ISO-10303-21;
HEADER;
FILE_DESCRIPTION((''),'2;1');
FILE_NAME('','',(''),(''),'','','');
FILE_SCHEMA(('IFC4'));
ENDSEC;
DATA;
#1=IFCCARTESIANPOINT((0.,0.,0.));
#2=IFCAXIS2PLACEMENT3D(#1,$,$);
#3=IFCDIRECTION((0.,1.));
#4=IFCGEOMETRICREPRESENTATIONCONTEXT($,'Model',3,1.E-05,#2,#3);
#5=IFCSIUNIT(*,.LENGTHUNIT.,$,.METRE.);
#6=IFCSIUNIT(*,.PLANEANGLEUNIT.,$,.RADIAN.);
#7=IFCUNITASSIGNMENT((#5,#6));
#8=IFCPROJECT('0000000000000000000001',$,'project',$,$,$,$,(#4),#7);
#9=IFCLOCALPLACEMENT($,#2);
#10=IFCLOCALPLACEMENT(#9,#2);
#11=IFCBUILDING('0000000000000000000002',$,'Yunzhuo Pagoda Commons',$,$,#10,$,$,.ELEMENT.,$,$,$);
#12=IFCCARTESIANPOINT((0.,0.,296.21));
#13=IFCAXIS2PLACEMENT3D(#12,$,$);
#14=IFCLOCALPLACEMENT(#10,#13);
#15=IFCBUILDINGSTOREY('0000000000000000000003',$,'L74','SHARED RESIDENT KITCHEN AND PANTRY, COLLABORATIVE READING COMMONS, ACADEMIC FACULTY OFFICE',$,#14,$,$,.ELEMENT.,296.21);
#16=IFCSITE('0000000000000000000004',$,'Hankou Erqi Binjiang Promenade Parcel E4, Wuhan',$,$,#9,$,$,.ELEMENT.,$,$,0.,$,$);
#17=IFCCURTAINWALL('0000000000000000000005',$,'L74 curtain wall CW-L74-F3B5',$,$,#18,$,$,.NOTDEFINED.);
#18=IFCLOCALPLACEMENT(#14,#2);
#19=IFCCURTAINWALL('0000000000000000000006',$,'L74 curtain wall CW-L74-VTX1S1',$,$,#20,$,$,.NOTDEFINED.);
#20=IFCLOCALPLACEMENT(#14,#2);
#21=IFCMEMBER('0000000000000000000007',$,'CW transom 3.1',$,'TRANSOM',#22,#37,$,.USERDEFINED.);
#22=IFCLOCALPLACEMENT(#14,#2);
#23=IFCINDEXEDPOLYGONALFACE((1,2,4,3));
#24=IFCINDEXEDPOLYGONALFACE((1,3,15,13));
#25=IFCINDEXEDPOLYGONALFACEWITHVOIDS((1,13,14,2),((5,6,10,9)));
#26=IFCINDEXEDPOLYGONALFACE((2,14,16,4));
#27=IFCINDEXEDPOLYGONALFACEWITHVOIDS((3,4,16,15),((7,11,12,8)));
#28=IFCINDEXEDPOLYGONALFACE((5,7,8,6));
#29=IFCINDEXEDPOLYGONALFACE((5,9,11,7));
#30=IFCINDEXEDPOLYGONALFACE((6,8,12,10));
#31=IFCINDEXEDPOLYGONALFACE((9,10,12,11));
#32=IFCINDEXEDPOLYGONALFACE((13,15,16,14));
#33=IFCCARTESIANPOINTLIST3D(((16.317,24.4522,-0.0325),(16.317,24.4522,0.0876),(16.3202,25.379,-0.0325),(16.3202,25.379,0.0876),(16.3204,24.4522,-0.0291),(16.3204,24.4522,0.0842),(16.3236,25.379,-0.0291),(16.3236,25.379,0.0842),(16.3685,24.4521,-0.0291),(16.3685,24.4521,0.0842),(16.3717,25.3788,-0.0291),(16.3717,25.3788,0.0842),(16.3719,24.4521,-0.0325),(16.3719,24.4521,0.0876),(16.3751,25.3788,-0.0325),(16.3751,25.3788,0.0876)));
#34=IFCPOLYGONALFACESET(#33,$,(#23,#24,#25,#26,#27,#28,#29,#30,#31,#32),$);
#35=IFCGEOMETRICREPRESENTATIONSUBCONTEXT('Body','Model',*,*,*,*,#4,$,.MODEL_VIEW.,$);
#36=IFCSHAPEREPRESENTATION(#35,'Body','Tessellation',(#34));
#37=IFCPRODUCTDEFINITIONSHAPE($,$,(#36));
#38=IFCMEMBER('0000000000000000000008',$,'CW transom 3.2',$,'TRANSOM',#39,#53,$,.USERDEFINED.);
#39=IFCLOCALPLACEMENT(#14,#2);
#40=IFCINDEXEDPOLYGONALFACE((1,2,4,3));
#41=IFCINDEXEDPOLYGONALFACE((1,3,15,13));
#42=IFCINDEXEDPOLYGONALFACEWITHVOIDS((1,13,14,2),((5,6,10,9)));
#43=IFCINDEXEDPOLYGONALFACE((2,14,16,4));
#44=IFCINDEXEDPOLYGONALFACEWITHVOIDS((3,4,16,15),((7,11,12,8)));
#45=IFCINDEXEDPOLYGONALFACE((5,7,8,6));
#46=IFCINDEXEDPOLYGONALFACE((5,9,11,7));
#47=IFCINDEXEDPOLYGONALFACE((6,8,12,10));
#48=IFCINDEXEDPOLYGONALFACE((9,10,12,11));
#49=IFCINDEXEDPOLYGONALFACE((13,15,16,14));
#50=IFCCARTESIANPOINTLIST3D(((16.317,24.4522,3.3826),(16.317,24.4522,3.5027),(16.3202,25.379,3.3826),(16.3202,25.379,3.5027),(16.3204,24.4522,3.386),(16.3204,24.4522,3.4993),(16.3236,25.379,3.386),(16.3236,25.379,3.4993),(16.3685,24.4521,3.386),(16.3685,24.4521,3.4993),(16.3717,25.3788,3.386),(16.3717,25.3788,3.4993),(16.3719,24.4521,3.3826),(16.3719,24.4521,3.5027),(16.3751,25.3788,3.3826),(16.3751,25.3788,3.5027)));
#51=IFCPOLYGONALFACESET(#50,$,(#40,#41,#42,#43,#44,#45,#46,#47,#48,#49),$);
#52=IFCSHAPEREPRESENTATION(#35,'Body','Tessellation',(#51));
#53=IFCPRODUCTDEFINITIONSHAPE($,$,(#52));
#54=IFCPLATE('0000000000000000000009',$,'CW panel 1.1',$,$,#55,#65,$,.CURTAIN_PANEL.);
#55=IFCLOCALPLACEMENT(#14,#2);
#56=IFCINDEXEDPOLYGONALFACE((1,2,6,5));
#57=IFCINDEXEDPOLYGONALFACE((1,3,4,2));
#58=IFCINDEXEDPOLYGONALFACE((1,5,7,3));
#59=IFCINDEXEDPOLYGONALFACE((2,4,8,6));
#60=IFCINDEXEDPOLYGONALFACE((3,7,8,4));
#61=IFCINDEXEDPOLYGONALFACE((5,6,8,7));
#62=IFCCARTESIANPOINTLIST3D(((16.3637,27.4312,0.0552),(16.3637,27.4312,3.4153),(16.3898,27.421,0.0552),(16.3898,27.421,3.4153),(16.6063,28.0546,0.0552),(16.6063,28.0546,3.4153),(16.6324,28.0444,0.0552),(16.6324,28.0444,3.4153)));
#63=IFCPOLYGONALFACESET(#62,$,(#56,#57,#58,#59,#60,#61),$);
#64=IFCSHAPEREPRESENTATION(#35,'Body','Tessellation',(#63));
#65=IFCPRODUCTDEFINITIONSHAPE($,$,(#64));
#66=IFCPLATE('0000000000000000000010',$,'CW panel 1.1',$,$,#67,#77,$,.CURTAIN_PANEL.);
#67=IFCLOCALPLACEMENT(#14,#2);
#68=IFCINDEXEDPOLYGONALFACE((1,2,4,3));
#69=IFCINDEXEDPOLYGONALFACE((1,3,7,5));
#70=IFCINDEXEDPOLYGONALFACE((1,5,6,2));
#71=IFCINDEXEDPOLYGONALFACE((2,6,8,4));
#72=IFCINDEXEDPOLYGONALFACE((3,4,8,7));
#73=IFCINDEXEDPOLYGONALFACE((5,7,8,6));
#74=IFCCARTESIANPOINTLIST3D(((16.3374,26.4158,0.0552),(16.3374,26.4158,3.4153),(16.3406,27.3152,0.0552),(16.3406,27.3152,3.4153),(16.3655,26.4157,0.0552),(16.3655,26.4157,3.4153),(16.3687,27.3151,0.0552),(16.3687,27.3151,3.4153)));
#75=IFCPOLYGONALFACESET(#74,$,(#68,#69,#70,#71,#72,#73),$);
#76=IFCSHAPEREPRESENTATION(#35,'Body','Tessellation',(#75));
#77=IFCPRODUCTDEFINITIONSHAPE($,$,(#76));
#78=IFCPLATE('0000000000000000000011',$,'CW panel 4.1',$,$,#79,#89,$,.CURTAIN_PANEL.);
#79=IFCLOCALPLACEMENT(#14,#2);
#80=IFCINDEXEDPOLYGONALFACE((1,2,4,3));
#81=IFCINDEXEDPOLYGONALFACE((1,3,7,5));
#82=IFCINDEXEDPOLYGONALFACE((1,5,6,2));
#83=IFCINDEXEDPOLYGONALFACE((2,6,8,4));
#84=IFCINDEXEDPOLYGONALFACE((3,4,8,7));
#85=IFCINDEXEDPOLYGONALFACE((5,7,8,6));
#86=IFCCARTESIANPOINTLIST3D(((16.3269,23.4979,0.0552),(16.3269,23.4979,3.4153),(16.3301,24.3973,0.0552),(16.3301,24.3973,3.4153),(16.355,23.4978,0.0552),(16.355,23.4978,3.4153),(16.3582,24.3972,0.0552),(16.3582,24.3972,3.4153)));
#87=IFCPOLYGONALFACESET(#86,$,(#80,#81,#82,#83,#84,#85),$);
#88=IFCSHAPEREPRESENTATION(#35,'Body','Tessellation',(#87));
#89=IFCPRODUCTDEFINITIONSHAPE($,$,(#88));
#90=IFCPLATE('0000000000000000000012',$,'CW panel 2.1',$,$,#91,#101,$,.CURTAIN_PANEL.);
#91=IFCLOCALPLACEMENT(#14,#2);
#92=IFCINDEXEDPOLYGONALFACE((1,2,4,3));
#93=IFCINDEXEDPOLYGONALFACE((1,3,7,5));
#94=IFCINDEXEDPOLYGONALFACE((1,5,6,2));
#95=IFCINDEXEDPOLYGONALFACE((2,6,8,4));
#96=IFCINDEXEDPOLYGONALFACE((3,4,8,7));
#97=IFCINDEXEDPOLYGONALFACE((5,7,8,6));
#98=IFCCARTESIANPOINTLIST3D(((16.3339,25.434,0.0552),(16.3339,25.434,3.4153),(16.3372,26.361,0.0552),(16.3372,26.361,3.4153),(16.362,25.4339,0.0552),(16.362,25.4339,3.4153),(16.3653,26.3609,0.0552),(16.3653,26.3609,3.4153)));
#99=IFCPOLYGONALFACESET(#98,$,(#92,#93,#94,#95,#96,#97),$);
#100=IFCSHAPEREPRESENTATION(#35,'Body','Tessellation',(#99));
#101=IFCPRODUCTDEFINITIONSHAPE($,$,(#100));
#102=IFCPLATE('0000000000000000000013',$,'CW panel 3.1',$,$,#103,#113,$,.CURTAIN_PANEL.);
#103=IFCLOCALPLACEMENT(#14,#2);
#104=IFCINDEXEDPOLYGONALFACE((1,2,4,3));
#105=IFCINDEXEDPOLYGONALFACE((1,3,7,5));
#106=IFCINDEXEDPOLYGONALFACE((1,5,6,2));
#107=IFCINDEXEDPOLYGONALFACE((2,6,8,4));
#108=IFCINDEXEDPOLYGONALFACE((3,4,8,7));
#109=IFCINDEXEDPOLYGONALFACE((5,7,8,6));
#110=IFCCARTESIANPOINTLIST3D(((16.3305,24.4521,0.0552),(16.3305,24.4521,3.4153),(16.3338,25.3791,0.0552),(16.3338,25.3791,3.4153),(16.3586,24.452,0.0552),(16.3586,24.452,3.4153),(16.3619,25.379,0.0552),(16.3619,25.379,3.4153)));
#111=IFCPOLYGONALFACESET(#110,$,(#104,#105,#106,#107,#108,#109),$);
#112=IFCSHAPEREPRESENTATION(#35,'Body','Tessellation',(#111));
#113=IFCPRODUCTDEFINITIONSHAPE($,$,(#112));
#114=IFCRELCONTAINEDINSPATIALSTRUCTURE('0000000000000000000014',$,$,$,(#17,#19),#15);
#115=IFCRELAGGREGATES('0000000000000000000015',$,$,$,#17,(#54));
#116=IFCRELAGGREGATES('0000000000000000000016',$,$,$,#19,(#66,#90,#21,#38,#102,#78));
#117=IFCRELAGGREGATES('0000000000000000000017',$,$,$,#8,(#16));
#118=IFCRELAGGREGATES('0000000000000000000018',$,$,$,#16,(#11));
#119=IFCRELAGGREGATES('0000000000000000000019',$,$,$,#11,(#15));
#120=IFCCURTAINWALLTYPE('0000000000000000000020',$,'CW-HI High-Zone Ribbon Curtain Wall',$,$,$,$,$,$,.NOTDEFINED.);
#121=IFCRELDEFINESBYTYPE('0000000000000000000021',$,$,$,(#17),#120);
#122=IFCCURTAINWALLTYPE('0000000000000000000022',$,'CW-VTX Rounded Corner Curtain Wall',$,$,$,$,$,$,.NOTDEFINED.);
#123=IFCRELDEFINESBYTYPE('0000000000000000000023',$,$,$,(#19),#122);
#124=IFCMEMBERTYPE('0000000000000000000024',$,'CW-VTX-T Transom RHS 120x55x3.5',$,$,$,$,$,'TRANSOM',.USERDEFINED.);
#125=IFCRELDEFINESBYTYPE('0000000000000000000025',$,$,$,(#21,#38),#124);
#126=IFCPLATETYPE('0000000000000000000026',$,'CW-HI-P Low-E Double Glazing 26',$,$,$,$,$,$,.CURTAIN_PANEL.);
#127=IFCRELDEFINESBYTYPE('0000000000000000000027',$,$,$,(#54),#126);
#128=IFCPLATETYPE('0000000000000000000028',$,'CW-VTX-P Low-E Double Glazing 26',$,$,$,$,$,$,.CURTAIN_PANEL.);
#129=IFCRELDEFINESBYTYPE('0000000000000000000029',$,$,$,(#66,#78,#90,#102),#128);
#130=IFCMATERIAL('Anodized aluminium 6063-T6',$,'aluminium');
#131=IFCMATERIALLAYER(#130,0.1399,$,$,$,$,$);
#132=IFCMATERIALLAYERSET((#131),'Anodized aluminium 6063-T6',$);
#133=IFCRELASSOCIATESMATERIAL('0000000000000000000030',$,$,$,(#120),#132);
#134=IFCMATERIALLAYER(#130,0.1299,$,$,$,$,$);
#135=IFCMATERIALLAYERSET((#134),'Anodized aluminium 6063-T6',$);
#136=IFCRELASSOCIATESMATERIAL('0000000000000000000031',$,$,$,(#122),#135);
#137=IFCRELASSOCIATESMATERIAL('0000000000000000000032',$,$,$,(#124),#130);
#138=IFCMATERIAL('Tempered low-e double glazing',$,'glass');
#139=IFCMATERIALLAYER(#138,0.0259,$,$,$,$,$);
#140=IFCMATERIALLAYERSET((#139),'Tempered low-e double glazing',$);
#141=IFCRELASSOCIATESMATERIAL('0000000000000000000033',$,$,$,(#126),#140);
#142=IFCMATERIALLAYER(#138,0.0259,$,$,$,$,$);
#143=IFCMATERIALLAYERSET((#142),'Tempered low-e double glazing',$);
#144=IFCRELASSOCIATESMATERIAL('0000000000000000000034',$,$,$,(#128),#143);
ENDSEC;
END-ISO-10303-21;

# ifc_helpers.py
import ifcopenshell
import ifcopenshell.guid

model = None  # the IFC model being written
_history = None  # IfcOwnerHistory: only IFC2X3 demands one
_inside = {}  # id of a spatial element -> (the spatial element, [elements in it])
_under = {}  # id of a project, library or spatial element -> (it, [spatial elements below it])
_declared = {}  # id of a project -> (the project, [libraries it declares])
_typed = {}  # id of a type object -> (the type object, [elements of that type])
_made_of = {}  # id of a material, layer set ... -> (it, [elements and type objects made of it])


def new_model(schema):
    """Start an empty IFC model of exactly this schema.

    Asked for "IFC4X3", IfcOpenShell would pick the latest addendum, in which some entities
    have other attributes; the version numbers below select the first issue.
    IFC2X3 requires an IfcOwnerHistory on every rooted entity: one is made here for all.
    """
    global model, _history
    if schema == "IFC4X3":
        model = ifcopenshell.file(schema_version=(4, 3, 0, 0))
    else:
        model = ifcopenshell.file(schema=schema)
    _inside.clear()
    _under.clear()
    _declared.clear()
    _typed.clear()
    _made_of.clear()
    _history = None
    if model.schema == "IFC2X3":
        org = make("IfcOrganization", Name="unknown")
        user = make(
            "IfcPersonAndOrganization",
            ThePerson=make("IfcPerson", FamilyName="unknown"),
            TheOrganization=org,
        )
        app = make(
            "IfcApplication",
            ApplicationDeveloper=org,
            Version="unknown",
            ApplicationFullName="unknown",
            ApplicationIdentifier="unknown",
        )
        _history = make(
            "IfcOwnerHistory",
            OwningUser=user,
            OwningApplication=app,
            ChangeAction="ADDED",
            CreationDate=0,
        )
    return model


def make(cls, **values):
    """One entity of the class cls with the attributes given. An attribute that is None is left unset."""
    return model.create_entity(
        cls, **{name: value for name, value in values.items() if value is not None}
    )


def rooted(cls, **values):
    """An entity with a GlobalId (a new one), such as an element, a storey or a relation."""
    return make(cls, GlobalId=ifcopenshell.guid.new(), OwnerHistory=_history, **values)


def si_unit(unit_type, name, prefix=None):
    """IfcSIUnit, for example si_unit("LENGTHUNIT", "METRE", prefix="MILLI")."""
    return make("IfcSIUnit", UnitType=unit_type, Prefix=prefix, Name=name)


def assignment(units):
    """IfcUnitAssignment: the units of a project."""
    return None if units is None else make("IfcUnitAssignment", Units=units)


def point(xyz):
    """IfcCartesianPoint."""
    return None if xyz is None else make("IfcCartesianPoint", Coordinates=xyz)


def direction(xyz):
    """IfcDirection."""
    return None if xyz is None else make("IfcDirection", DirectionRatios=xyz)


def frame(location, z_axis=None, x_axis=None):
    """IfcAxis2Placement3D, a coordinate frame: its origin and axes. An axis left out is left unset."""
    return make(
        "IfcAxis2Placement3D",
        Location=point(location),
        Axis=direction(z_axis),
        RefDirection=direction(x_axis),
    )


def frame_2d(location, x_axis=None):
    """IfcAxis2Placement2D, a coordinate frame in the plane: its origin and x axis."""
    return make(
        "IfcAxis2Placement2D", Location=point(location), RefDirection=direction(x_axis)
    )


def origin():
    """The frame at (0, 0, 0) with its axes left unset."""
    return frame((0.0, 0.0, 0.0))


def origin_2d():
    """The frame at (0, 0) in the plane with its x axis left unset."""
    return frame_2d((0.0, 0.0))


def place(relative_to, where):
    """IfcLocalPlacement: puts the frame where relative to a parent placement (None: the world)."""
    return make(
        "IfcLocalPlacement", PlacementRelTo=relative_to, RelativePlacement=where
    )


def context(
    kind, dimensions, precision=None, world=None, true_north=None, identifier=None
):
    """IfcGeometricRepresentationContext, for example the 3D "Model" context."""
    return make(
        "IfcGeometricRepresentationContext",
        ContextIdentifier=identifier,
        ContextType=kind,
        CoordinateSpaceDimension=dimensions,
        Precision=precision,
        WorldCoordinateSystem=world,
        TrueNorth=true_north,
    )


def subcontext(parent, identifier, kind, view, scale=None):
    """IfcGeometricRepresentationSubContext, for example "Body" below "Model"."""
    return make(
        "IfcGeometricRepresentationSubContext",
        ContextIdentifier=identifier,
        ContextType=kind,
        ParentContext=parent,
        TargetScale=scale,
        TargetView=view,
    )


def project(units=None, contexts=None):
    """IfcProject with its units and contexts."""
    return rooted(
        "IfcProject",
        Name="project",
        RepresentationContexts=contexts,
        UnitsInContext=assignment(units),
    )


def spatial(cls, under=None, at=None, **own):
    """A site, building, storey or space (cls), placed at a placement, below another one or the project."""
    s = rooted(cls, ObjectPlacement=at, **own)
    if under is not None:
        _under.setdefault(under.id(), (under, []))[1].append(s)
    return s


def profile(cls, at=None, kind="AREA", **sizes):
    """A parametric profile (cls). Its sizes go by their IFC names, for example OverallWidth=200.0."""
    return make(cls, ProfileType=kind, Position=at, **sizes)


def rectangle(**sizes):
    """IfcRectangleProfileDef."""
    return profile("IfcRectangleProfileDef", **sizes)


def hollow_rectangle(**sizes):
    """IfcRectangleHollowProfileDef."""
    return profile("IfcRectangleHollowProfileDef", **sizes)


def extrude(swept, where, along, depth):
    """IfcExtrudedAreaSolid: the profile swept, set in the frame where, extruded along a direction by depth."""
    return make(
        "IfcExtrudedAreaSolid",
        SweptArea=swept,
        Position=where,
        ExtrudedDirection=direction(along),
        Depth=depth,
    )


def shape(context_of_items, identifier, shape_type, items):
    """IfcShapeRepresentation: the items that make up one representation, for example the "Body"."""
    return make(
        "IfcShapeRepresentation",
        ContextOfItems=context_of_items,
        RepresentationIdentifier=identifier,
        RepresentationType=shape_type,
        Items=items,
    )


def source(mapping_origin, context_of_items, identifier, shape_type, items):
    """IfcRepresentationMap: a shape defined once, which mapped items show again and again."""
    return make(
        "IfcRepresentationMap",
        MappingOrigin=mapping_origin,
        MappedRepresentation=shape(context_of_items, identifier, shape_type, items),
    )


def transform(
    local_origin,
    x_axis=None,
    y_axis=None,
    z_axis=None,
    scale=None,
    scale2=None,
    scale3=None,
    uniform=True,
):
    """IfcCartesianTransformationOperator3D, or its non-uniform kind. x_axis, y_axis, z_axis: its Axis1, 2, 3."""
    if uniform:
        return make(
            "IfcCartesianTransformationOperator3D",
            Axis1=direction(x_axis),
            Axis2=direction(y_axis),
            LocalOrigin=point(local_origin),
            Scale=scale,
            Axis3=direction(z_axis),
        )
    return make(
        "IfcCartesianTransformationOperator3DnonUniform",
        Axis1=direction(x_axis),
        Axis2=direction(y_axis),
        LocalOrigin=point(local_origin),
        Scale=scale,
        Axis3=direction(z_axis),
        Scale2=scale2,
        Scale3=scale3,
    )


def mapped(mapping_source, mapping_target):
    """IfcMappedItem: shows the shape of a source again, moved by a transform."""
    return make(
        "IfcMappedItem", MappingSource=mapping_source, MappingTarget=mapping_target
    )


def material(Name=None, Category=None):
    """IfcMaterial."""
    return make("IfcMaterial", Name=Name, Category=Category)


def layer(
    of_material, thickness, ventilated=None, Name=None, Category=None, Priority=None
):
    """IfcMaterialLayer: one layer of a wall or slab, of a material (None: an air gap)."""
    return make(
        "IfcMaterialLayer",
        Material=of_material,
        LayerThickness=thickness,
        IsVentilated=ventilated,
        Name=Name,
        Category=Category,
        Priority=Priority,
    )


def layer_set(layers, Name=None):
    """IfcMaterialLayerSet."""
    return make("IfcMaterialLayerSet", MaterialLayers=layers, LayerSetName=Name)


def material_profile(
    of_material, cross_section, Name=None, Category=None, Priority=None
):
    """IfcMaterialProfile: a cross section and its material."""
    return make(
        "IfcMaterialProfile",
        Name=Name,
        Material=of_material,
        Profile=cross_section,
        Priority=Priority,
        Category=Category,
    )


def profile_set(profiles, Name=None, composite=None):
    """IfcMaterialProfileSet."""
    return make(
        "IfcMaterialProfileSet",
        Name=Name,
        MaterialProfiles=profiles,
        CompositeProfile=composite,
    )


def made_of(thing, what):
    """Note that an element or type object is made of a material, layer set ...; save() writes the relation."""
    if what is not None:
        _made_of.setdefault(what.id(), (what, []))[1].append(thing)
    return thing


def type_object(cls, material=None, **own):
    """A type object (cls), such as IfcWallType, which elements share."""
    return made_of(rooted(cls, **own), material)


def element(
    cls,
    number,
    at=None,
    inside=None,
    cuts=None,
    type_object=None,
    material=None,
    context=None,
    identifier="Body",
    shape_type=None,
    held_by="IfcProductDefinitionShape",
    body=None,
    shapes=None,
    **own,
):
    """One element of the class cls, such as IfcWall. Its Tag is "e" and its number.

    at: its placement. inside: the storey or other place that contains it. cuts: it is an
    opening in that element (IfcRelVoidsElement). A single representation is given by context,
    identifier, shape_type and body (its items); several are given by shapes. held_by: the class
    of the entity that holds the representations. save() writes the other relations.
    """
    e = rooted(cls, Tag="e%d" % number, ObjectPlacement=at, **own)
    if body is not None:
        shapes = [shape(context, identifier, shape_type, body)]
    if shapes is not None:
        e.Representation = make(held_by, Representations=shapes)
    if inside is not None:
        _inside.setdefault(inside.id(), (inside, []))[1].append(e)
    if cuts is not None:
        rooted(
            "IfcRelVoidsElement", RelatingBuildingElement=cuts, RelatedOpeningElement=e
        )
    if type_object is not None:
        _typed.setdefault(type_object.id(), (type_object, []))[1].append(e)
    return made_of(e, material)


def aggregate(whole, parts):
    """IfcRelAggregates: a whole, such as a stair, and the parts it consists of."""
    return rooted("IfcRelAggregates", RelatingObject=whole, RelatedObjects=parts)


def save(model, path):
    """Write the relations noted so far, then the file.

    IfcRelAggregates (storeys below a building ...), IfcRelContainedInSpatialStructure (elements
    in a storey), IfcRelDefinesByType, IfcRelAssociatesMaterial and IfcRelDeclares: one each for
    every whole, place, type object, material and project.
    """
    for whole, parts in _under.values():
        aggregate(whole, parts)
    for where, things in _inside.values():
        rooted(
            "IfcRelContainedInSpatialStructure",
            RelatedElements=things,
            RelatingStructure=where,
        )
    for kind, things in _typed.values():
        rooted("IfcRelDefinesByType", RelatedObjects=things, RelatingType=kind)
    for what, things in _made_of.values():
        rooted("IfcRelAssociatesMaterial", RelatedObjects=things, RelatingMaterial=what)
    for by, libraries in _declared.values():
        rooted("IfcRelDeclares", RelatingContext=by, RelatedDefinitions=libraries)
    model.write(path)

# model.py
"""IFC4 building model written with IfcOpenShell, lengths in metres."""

from ifc_helpers import new_model, si_unit, direction, frame, origin, origin_2d, place, context, subcontext, project, spatial, rectangle, hollow_rectangle, extrude, source, transform, mapped, material, layer, layer_set, material_profile, profile_set, type_object, element, aggregate, save


model = new_model("IFC4")

# Units and contexts
model_context = context("Model", 3, precision=1e-05, world=origin(), true_north=direction((0.0, 1.0)))
body_context = subcontext(model_context, "Body", "Model", "MODEL_VIEW")
ifc_project = project(units=[si_unit("LENGTHUNIT", "METRE"), si_unit("PLANEANGLEUNIT", "RADIAN")], contexts=[model_context])

# Site, building, storey
site_placement = place(None, origin())
site = spatial("IfcSite", under=ifc_project, at=site_placement, Name="Hankou Erqi Binjiang Promenade Parcel E4, Wuhan", CompositionType="ELEMENT", RefElevation=0.0)
building_placement = place(site_placement, origin())
building = spatial("IfcBuilding", under=site, at=building_placement, Name="Yunzhuo Pagoda Commons", CompositionType="ELEMENT")
storey_placement = place(building_placement, frame((0.0, 0.0, 296.21)))
storey = spatial("IfcBuildingStorey", under=building, at=storey_placement, Name="L74", Description="SHARED RESIDENT KITCHEN AND PANTRY, COLLABORATIVE READING COMMONS, ACADEMIC FACULTY OFFICE", CompositionType="ELEMENT", Elevation=296.21)

# Shared definitions
ifc_material_1 = material(Name="Anodized aluminium 6063-T6", Category="aluminium")
ifc_layer_1 = layer(ifc_material_1, 0.1399)
ifc_layer_set_1 = layer_set([ifc_layer_1], Name="Anodized aluminium 6063-T6")
curtain_wall_type_1 = type_object("IfcCurtainWallType", Name="CW-HI High-Zone Ribbon Curtain Wall", PredefinedType="NOTDEFINED", material=ifc_layer_set_1)

# Curtain walls
curtain_wall_1_placement = place(storey_placement, origin())
curtain_wall_1 = element("IfcCurtainWall", 1, at=curtain_wall_1_placement, inside=storey, type_object=curtain_wall_type_1, Name="L74 curtain wall CW-L74-F3B5", PredefinedType="NOTDEFINED")
ifc_layer_2 = layer(ifc_material_1, 0.1299)
ifc_layer_set_2 = layer_set([ifc_layer_2], Name="Anodized aluminium 6063-T6")
curtain_wall_type_2 = type_object("IfcCurtainWallType", Name="CW-VTX Rounded Corner Curtain Wall", PredefinedType="NOTDEFINED", material=ifc_layer_set_2)
curtain_wall_2_placement = place(storey_placement, origin())
curtain_wall_2 = element("IfcCurtainWall", 2, at=curtain_wall_2_placement, inside=storey, type_object=curtain_wall_type_2, Name="L74 curtain wall CW-L74-VTX1S1", PredefinedType="NOTDEFINED")

# Shared definitions
ifc_material_profile_1 = material_profile(ifc_material_1, hollow_rectangle(XDim=0.0549, YDim=0.1201, WallThickness=0.0034, at=origin_2d()), Name="Anodized aluminium 6063-T6")
ifc_profile_set_1 = profile_set([ifc_material_profile_1], Name="Anodized aluminium 6063-T6")
member_type_1 = type_object("IfcMemberType", Name="CW-VTX-T Transom RHS 120x55x3.5", ElementType="TRANSOM", PredefinedType="USERDEFINED", material=ifc_profile_set_1)

# Members
shared_shape_1 = source(origin(), body_context, "Body", "SweptSolid", [
    extrude(hollow_rectangle(XDim=0.0549, YDim=0.1201, WallThickness=0.0034, at=origin_2d()), origin(), (0.0, 0.0, 1.0), 0.9268),
])
member_1_placement = place(storey_placement, frame((16.3477, 25.3789, 0.0276), z_axis=(-0.003425, -0.999994, 0.0), x_axis=(0.999994, -0.003425, 0.0)))
member_1 = element("IfcMember", 3, at=member_1_placement, type_object=member_type_1, Name="CW transom 3.1", ObjectType="TRANSOM", PredefinedType="USERDEFINED", context=body_context, shape_type="MappedRepresentation", body=[
    mapped(shared_shape_1, transform((0.0, 0.0, 0.0), scale=1.0)),
])
member_2_placement = place(storey_placement, frame((16.3477, 25.3789, 3.4426), z_axis=(-0.003425, -0.999994, 0.0), x_axis=(0.999994, -0.003425, 0.0)))
member_2 = element("IfcMember", 4, at=member_2_placement, type_object=member_type_1, Name="CW transom 3.2", ObjectType="TRANSOM", PredefinedType="USERDEFINED", context=body_context, shape_type="MappedRepresentation", body=[
    mapped(shared_shape_1, transform((0.0, 0.0, 0.0), scale=1.0)),
])

# Plates
ifc_material_2 = material(Name="Tempered low-e double glazing", Category="glass")
ifc_layer_3 = layer(ifc_material_2, 0.0259)
ifc_layer_set_3 = layer_set([ifc_layer_3], Name="Tempered low-e double glazing")
plate_type_1 = type_object("IfcPlateType", Name="CW-HI-P Low-E Double Glazing 26", PredefinedType="CURTAIN_PANEL", material=ifc_layer_set_3)
shared_shape_2 = source(origin(), body_context, "Body", "SweptSolid", [
    extrude(rectangle(XDim=0.6689, YDim=0.0281, at=origin_2d()), origin(), (0.0, 0.0, 1.0), 3.3601),
])
plate_1_placement = place(storey_placement, frame((16.498, 27.7378, 0.0552), z_axis=(0.0, 0.0, 1.0), x_axis=(-0.362654, -0.931924, 0.0)))
plate_1 = element("IfcPlate", 5, at=plate_1_placement, type_object=plate_type_1, Name="CW panel 1.1", PredefinedType="CURTAIN_PANEL", context=body_context, shape_type="MappedRepresentation", body=[
    mapped(shared_shape_2, transform((0.0, 0.0, 0.0), scale=1.0)),
])
aggregate(curtain_wall_1, [plate_1])
ifc_layer_4 = layer(ifc_material_2, 0.0259)
ifc_layer_set_4 = layer_set([ifc_layer_4], Name="Tempered low-e double glazing")
plate_type_2 = type_object("IfcPlateType", Name="CW-VTX-P Low-E Double Glazing 26", PredefinedType="CURTAIN_PANEL", material=ifc_layer_set_4)
shared_shape_3 = source(origin(), body_context, "Body", "SweptSolid", [
    extrude(rectangle(XDim=0.8994, YDim=0.0281, at=origin_2d()), origin(), (0.0, 0.0, 1.0), 3.3601),
])
plate_2_placement = place(storey_placement, frame((16.353, 26.8655, 0.0552), z_axis=(0.0, 0.0, 1.0), x_axis=(-0.00359, -0.999994, 0.0)))
plate_2 = element("IfcPlate", 6, at=plate_2_placement, type_object=plate_type_2, Name="CW panel 1.1", PredefinedType="CURTAIN_PANEL", context=body_context, shape_type="MappedRepresentation", body=[
    mapped(shared_shape_3, transform((0.0, 0.0, 0.0), scale=1.0)),
])
plate_3_placement = place(storey_placement, frame((16.3425, 23.9475, 0.0552), z_axis=(0.0, 0.0, 1.0), x_axis=(-0.00359, -0.999994, 0.0)))
plate_3 = element("IfcPlate", 7, at=plate_3_placement, type_object=plate_type_2, Name="CW panel 4.1", PredefinedType="CURTAIN_PANEL", context=body_context, shape_type="MappedRepresentation", body=[
    mapped(shared_shape_3, transform((0.0, 0.0, 0.0), scale=1.0)),
])
shared_shape_4 = source(origin(), body_context, "Body", "SweptSolid", [
    extrude(rectangle(XDim=0.927, YDim=0.0281, at=origin_2d()), origin(), (0.0, 0.0, 1.0), 3.3601),
])
plate_4_placement = place(storey_placement, frame((16.3496, 25.8975, 0.0552), z_axis=(0.0, 0.0, 1.0), x_axis=(-0.00359, -0.999994, 0.0)))
plate_4 = element("IfcPlate", 8, at=plate_4_placement, type_object=plate_type_2, Name="CW panel 2.1", PredefinedType="CURTAIN_PANEL", context=body_context, shape_type="MappedRepresentation", body=[
    mapped(shared_shape_4, transform((0.0, 0.0, 0.0), scale=1.0)),
])
plate_5_placement = place(storey_placement, frame((16.3462, 24.9155, 0.0552), z_axis=(0.0, 0.0, 1.0), x_axis=(-0.00359, -0.999994, 0.0)))
plate_5 = element("IfcPlate", 9, at=plate_5_placement, type_object=plate_type_2, Name="CW panel 3.1", PredefinedType="CURTAIN_PANEL", context=body_context, shape_type="MappedRepresentation", body=[
    mapped(shared_shape_4, transform((0.0, 0.0, 0.0), scale=1.0)),
])
aggregate(curtain_wall_2, [plate_2, plate_4, member_1, member_2, plate_5, plate_3])

save(model, "model.ifc")
